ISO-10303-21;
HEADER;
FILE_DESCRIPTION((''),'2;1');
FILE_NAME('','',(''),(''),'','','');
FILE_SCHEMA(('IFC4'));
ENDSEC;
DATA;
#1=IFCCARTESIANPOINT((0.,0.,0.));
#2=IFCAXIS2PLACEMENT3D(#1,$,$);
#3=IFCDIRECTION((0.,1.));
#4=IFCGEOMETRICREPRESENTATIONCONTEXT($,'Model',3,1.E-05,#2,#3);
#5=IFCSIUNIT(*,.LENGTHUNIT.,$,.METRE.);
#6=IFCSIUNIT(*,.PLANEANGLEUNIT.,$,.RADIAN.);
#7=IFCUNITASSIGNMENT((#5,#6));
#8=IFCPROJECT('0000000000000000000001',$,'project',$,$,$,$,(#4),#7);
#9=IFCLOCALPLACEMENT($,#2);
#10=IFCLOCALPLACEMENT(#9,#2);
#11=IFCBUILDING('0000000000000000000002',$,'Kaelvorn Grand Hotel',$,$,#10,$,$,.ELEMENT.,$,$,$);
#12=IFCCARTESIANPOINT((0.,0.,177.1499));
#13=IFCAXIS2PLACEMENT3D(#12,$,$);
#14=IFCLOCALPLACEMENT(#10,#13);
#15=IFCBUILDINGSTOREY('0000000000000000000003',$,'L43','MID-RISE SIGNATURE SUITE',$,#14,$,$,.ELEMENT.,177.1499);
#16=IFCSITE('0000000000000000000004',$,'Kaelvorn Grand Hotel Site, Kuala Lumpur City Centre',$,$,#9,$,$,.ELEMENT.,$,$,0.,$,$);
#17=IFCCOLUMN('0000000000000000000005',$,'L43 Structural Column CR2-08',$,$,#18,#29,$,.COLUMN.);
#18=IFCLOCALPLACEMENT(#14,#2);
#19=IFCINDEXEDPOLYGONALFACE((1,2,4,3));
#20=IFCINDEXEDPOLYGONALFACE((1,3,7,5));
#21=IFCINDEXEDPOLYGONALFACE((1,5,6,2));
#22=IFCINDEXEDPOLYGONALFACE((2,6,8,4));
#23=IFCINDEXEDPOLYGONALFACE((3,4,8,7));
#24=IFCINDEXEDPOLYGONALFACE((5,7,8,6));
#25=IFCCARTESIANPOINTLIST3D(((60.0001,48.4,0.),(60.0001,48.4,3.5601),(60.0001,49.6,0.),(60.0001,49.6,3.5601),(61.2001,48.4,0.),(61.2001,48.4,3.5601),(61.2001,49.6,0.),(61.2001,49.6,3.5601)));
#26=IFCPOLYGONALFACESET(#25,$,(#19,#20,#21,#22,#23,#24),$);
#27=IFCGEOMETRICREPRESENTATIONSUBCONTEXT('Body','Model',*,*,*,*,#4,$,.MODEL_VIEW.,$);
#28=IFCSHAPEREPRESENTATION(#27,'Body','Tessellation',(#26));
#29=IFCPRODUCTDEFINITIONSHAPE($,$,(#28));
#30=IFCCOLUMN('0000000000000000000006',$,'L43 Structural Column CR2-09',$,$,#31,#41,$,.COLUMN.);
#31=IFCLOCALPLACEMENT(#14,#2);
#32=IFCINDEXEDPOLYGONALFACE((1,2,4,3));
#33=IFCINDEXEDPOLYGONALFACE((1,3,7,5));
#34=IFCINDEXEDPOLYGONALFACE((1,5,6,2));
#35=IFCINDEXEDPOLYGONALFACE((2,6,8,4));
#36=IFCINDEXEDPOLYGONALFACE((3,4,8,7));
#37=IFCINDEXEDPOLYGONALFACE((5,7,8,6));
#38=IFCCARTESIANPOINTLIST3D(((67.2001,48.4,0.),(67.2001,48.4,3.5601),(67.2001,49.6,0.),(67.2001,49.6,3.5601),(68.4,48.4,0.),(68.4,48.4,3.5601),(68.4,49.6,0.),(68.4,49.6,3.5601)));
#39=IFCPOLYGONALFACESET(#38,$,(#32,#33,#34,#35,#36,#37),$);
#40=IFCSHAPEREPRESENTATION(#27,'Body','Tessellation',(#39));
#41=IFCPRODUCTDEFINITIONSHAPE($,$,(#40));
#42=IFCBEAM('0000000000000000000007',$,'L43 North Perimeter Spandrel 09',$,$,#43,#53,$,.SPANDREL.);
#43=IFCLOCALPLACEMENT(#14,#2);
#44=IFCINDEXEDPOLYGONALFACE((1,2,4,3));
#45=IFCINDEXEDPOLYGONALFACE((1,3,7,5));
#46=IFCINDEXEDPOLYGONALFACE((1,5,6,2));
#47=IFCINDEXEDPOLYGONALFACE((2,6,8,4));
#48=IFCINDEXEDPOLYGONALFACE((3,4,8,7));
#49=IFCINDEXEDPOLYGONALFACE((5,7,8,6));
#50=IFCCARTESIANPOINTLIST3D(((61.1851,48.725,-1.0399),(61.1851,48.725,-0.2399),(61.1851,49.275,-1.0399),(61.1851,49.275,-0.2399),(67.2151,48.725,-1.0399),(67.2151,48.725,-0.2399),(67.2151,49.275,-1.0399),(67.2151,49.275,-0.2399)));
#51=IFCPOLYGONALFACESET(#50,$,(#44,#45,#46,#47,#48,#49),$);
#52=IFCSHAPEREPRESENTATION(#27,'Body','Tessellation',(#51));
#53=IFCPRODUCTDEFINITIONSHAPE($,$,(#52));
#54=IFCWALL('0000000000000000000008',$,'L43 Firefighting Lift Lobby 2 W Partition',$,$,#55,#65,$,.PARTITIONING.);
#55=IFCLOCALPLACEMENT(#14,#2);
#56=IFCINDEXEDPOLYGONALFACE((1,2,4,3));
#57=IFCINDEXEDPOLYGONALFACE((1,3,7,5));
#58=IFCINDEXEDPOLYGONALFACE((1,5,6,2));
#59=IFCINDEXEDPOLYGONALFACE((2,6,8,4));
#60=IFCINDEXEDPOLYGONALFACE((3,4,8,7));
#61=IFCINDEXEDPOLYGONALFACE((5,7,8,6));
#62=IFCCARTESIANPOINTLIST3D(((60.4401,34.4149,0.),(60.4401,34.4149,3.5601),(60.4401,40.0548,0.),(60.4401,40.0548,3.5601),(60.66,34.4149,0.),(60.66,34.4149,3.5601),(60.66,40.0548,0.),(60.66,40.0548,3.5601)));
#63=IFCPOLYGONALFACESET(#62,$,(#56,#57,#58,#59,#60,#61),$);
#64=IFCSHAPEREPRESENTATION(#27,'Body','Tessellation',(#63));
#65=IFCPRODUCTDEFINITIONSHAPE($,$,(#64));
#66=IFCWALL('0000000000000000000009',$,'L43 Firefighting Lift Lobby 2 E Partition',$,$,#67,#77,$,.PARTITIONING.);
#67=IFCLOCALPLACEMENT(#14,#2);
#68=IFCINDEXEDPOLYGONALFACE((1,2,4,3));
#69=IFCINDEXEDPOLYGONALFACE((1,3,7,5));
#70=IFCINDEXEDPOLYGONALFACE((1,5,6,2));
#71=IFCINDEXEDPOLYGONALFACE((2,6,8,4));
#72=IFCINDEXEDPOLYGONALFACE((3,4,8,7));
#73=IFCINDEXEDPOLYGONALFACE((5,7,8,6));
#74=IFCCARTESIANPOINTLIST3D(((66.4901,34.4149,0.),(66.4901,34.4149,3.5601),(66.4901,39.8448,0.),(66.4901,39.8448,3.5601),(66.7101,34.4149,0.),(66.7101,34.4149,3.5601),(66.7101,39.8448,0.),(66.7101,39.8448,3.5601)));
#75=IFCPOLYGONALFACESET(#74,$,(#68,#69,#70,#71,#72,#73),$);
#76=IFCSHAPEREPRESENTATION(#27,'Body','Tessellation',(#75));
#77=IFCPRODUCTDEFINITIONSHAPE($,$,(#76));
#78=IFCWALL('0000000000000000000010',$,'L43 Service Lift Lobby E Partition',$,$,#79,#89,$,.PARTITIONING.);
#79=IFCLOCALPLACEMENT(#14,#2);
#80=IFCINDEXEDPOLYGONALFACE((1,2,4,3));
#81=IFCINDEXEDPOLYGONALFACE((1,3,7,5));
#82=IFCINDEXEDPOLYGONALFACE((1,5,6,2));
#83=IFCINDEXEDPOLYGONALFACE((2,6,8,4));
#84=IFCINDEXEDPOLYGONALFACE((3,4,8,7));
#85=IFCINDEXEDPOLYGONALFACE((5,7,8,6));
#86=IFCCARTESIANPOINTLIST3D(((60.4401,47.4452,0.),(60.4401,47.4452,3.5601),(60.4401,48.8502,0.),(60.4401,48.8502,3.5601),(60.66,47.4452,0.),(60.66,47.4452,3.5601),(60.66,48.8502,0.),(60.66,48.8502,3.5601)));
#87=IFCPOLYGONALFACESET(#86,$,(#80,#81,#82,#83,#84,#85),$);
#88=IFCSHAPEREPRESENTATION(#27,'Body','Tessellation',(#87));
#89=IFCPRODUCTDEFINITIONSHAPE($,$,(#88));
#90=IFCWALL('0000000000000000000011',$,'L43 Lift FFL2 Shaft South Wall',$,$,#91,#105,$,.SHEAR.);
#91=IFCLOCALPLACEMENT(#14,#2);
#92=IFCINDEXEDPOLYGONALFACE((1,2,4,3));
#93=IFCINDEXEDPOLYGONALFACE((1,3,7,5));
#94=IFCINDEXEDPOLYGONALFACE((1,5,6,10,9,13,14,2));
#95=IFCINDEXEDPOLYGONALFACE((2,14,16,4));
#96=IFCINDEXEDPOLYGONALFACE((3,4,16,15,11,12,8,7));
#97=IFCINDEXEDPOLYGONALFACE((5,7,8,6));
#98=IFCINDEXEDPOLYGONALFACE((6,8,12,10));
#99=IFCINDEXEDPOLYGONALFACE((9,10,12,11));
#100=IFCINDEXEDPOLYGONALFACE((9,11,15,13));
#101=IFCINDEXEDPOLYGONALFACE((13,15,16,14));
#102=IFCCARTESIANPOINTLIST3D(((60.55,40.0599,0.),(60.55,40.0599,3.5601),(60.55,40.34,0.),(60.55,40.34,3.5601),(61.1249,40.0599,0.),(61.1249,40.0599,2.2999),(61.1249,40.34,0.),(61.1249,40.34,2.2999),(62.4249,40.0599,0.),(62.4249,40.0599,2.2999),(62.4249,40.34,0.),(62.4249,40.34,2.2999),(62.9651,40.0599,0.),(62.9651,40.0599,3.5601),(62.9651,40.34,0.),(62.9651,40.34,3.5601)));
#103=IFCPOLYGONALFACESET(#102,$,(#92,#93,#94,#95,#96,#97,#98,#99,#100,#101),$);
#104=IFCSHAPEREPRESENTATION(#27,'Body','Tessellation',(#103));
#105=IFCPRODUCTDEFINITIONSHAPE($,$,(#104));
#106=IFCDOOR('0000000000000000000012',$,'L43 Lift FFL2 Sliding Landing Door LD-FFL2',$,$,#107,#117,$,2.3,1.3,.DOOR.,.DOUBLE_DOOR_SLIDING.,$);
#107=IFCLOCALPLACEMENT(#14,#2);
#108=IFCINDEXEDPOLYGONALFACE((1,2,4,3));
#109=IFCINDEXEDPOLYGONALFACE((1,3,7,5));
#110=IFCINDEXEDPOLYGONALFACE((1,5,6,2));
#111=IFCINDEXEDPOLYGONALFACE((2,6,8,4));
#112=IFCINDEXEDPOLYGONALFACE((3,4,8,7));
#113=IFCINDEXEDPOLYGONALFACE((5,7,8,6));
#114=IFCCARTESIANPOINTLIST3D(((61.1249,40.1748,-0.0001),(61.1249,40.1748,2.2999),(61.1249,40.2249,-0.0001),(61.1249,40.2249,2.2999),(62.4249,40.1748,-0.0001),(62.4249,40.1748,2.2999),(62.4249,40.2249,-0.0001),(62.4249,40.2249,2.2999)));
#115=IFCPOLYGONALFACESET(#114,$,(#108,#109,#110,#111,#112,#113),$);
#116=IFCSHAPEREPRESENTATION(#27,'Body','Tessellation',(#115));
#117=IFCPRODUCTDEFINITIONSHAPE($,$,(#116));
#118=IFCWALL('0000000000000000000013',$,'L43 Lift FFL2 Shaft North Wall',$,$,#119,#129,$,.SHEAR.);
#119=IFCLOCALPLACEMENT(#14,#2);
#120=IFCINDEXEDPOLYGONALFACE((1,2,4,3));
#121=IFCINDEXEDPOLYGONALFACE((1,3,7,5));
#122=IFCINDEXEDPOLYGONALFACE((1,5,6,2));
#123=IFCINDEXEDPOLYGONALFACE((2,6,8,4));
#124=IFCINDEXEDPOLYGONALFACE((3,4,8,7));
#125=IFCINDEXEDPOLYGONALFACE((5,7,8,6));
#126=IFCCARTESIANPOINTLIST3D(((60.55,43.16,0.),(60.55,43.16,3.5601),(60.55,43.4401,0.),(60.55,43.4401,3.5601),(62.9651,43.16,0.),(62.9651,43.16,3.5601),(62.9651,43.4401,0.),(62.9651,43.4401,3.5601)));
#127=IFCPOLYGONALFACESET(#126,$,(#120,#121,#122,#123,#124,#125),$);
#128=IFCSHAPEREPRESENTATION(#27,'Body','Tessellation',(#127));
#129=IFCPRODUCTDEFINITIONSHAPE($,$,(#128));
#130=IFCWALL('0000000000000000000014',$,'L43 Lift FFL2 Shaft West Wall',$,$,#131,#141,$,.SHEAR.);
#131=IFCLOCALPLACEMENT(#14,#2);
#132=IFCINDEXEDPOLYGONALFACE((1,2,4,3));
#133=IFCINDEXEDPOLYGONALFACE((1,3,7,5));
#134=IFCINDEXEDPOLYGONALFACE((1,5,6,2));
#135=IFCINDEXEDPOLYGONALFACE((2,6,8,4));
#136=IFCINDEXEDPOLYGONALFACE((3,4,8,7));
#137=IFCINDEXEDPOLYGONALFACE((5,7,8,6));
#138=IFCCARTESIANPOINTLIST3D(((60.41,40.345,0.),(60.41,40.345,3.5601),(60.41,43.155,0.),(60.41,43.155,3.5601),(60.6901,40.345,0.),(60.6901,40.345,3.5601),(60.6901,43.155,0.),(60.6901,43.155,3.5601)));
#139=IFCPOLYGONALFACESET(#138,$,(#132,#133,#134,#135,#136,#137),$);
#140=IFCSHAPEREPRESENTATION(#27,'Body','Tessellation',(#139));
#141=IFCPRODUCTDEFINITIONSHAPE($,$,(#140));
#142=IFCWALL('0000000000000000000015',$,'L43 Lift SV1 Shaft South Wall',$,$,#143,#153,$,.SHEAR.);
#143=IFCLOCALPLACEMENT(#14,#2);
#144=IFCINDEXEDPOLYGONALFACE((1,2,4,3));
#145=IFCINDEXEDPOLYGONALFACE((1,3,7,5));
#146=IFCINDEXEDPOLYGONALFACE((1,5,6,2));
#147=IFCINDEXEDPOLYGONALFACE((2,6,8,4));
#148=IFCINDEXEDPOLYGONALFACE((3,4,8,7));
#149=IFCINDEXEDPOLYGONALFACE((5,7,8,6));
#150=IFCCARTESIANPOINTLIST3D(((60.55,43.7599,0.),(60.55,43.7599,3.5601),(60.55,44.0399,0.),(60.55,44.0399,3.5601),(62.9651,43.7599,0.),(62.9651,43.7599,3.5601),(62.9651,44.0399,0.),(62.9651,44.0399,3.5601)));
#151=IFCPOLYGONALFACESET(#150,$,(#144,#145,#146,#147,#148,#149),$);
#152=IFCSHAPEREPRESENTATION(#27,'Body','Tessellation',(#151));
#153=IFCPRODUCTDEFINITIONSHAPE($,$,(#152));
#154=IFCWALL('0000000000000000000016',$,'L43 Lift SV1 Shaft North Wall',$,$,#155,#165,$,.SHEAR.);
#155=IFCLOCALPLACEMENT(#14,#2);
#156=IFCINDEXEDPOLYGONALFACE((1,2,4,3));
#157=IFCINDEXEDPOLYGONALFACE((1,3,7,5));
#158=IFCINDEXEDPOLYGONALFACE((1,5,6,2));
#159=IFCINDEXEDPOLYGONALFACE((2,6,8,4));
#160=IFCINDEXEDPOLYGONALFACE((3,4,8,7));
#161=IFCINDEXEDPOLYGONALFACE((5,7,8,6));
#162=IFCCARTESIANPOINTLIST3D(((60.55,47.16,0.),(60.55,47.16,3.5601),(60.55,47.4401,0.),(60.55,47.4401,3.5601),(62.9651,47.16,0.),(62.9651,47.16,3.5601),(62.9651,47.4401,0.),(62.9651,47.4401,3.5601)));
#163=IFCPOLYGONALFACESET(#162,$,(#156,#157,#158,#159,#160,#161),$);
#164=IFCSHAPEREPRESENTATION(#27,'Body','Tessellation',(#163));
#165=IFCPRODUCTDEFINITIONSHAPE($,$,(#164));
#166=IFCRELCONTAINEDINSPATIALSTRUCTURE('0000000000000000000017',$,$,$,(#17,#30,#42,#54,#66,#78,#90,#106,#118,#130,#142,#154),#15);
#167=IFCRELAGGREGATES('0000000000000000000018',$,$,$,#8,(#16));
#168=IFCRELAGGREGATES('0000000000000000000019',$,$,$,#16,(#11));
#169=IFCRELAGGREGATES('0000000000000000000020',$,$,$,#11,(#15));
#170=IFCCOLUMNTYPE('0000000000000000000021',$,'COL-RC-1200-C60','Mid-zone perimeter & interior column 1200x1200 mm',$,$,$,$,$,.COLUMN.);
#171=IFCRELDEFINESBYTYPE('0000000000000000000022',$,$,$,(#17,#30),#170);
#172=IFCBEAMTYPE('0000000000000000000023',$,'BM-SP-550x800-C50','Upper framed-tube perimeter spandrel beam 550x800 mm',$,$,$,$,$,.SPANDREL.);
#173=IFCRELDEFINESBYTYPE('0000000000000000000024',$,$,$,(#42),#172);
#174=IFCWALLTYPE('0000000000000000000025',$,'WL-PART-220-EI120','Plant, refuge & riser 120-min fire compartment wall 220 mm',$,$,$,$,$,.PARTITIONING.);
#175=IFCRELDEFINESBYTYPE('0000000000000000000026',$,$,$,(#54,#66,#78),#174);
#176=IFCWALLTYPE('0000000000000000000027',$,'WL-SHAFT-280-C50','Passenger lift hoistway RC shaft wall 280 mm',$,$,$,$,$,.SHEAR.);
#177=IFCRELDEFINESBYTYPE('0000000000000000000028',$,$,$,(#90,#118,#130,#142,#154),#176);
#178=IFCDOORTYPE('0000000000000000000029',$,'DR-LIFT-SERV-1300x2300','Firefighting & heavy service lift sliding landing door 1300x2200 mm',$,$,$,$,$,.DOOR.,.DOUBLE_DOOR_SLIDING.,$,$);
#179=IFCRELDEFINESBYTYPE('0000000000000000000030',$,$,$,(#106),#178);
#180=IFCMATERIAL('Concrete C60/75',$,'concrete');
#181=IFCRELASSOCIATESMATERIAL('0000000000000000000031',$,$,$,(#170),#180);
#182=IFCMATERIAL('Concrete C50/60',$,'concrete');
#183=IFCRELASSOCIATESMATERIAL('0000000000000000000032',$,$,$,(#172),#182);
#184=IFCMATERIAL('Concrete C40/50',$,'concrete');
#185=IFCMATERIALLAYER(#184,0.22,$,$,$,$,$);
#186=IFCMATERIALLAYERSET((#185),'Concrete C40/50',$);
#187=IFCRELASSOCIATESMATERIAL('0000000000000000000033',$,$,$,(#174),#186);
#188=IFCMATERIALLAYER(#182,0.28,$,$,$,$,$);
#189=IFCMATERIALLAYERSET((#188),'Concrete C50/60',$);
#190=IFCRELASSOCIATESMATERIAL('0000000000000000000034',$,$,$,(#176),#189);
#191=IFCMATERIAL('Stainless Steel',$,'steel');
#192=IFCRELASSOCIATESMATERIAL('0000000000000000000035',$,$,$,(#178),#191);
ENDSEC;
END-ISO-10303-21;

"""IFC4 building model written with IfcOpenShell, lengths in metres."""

from ifc_helpers import new_model, si_unit, direction, frame, frame_2d, origin, origin_2d, place, context, subcontext, project, spatial, rectangle, extrude, material, layer, layer_set, material_profile, profile_set, type_object, element, fill, save


model = new_model("IFC4")

# Units and contexts
model_context = context("Model", 3, precision=1e-05, world=origin(), true_north=direction((0.0, 1.0)))
body_context = subcontext(model_context, "Body", "Model", "MODEL_VIEW")
ifc_project = project(units=[si_unit("LENGTHUNIT", "METRE"), si_unit("PLANEANGLEUNIT", "RADIAN")], contexts=[model_context])

# Site, building, storey
site_placement = place(None, origin())
site = spatial("IfcSite", under=ifc_project, at=site_placement, Name="Kaelvorn Grand Hotel Site, Kuala Lumpur City Centre", CompositionType="ELEMENT", RefElevation=0.0)
building_placement = place(site_placement, origin())
building = spatial("IfcBuilding", under=site, at=building_placement, Name="Kaelvorn Grand Hotel", CompositionType="ELEMENT")
storey_placement = place(building_placement, frame((0.0, 0.0, 177.1499)))
storey = spatial("IfcBuildingStorey", under=building, at=storey_placement, Name="L43", Description="MID-RISE SIGNATURE SUITE", CompositionType="ELEMENT", Elevation=177.1499)

# Columns
ifc_material_1 = material(Name="Concrete C60/75", Category="concrete")
ifc_material_profile_1 = material_profile(ifc_material_1, rectangle(XDim=1.2, YDim=1.2, at=origin_2d()), Name="RC COL 1200x1200")
ifc_profile_set_1 = profile_set([ifc_material_profile_1], Name="Concrete C60/75")
column_type = type_object("IfcColumnType", Name="COL-RC-1200-C60", Description="Mid-zone perimeter & interior column 1200x1200 mm", PredefinedType="COLUMN", material=ifc_profile_set_1)
for number, where, z_axis, x_axis, name in (
    (1, (60.6001, 49.0, 0.0), (0.0, 0.0, 1.0), (1.0, 0.0, 0.0), "L43 Structural Column CR2-08"),
    (2, (67.8, 49.0, 0.0), (0.0, 0.0, 1.0), (1.0, 0.0, 0.0), "L43 Structural Column CR2-09"),
):
    element("IfcColumn", number, at=place(storey_placement, frame(where, z_axis=z_axis, x_axis=x_axis)), inside=storey, type_object=column_type, Name=name, PredefinedType="COLUMN", context=body_context, shape_type="SweptSolid", body=[
        extrude(rectangle(XDim=1.2, YDim=1.2, at=origin_2d()), origin(), (0.0, 0.0, 1.0), 3.5601),
    ])

# Beam
ifc_material_2 = material(Name="Concrete C50/60", Category="concrete")
ifc_material_profile_2 = material_profile(ifc_material_2, rectangle(XDim=0.55, YDim=0.8, at=origin_2d()), Name="RC SPANDREL 550x800")
ifc_profile_set_2 = profile_set([ifc_material_profile_2], Name="Concrete C50/60")
beam_type = type_object("IfcBeamType", Name="BM-SP-550x800-C50", Description="Upper framed-tube perimeter spandrel beam 550x800 mm", PredefinedType="SPANDREL", material=ifc_profile_set_2)
beam_placement = place(storey_placement, frame((61.1851, 49.0, -0.6399), z_axis=(1.0, 0.0, 0.0), x_axis=(0.0, 1.0, 0.0)))
element("IfcBeam", 3, at=beam_placement, inside=storey, type_object=beam_type, Name="L43 North Perimeter Spandrel 09", PredefinedType="SPANDREL", context=body_context, shape_type="SweptSolid", body=[
    extrude(rectangle(XDim=0.55, YDim=0.8, at=origin_2d()), origin(), (0.0, 0.0, 1.0), 6.03),
])

# Walls
ifc_material_3 = material(Name="Concrete C40/50", Category="concrete")
ifc_layer_1 = layer(ifc_material_3, 0.22)
ifc_layer_set_1 = layer_set([ifc_layer_1], Name="Concrete C40/50")
wall_type_1 = type_object("IfcWallType", Name="WL-PART-220-EI120", Description="Plant, refuge & riser 120-min fire compartment wall 220 mm", PredefinedType="PARTITIONING", material=ifc_layer_set_1)
wall_1_placement = place(storey_placement, frame((60.55, 34.415, 0.0), z_axis=(0.0, 0.0, 1.0), x_axis=(0.0, 1.0, 0.0)))
element("IfcWall", 4, at=wall_1_placement, inside=storey, type_object=wall_type_1, Name="L43 Firefighting Lift Lobby 2 W Partition", PredefinedType="PARTITIONING", context=body_context, shape_type="SweptSolid", body=[
    extrude(rectangle(XDim=5.6399, YDim=0.22, at=frame_2d((2.8198, 0.0))), origin(), (0.0, 0.0, 1.0), 3.5601),
])
wall_2_placement = place(storey_placement, frame((66.6001, 34.415, 0.0), z_axis=(0.0, 0.0, 1.0), x_axis=(0.0, 1.0, 0.0)))
element("IfcWall", 5, at=wall_2_placement, inside=storey, type_object=wall_type_1, Name="L43 Firefighting Lift Lobby 2 E Partition", PredefinedType="PARTITIONING", context=body_context, shape_type="SweptSolid", body=[
    extrude(rectangle(XDim=5.4299, YDim=0.22, at=frame_2d((2.7148, 0.0))), origin(), (0.0, 0.0, 1.0), 3.5601),
])
wall_3_placement = place(storey_placement, frame((60.55, 47.4451, 0.0), z_axis=(0.0, 0.0, 1.0), x_axis=(0.0, 1.0, 0.0)))
element("IfcWall", 6, at=wall_3_placement, inside=storey, type_object=wall_type_1, Name="L43 Service Lift Lobby E Partition", PredefinedType="PARTITIONING", context=body_context, shape_type="SweptSolid", body=[
    extrude(rectangle(XDim=1.405, YDim=0.22, at=frame_2d((0.7026, 0.0))), origin(), (0.0, 0.0, 1.0), 3.5601),
])

# Wall, opening, door
ifc_layer_2 = layer(ifc_material_2, 0.28)
ifc_layer_set_2 = layer_set([ifc_layer_2], Name="Concrete C50/60")
wall_type_2 = type_object("IfcWallType", Name="WL-SHAFT-280-C50", Description="Passenger lift hoistway RC shaft wall 280 mm", PredefinedType="SHEAR", material=ifc_layer_set_2)
wall_4_placement = place(storey_placement, frame((60.55, 40.2, 0.0), z_axis=(0.0, 0.0, 1.0), x_axis=(1.0, 0.0, 0.0)))
wall_4 = element("IfcWall", 7, at=wall_4_placement, inside=storey, type_object=wall_type_2, Name="L43 Lift FFL2 Shaft South Wall", PredefinedType="SHEAR", context=body_context, shape_type="SweptSolid", body=[
    extrude(rectangle(XDim=2.415, YDim=0.28, at=frame_2d((1.2075, 0.0))), origin(), (0.0, 0.0, 1.0), 3.5601),
])
opening_1_placement = place(wall_4_placement, frame((0.575, 0.0, 0.0)))
opening_1 = element("IfcOpeningElement", 8, at=opening_1_placement, cuts=wall_4, PredefinedType="OPENING", context=body_context, shape_type="SweptSolid", body=[
    extrude(rectangle(XDim=1.3, YDim=2.3, at=frame_2d((0.6499, 1.1499))), frame((0.0, 0.1499, 0.0), z_axis=(0.0, -1.0, 0.0), x_axis=(1.0, 0.0, 0.0)), (0.0, 0.0, 1.0), 0.3),
])
ifc_material_4 = material(Name="Stainless Steel", Category="steel")
door_type_1 = type_object("IfcDoorType", Name="DR-LIFT-SERV-1300x2300", Description="Firefighting & heavy service lift sliding landing door 1300x2200 mm", OperationType="DOUBLE_DOOR_SLIDING", PredefinedType="DOOR", material=ifc_material_4)
door_1_placement = place(opening_1_placement, origin())
door_1 = element("IfcDoor", 9, at=door_1_placement, inside=storey, type_object=door_type_1, Name="L43 Lift FFL2 Sliding Landing Door LD-FFL2", OperationType="DOUBLE_DOOR_SLIDING", OverallHeight=2.3, OverallWidth=1.3, PredefinedType="DOOR", context=body_context, shape_type="SweptSolid", body=[
    extrude(rectangle(XDim=1.3, YDim=2.3, at=frame_2d((0.6499, 1.1499))), frame((0.0, 0.0249, 0.0), z_axis=(0.0, -1.0, 0.0), x_axis=(1.0, 0.0, 0.0)), (0.0, 0.0, 1.0), 0.05),
])
fill(opening_1, door_1)

# Walls
wall_5_placement = place(storey_placement, frame((60.55, 43.3, 0.0), z_axis=(0.0, 0.0, 1.0), x_axis=(1.0, 0.0, 0.0)))
element("IfcWall", 10, at=wall_5_placement, inside=storey, type_object=wall_type_2, Name="L43 Lift FFL2 Shaft North Wall", PredefinedType="SHEAR", context=body_context, shape_type="SweptSolid", body=[
    extrude(rectangle(XDim=2.415, YDim=0.28, at=frame_2d((1.2075, 0.0))), origin(), (0.0, 0.0, 1.0), 3.5601),
])
wall_6_placement = place(storey_placement, frame((60.55, 40.345, 0.0), z_axis=(0.0, 0.0, 1.0), x_axis=(0.0, 1.0, 0.0)))
element("IfcWall", 11, at=wall_6_placement, inside=storey, type_object=wall_type_2, Name="L43 Lift FFL2 Shaft West Wall", PredefinedType="SHEAR", context=body_context, shape_type="SweptSolid", body=[
    extrude(rectangle(XDim=2.8101, YDim=0.28, at=frame_2d((1.405, 0.0))), origin(), (0.0, 0.0, 1.0), 3.5601),
])
for number, where, z_axis, x_axis, name in (
    (12, (60.55, 43.8999, 0.0), (0.0, 0.0, 1.0), (1.0, 0.0, 0.0), "L43 Lift SV1 Shaft South Wall"),
    (13, (60.55, 47.3, 0.0), (0.0, 0.0, 1.0), (1.0, 0.0, 0.0), "L43 Lift SV1 Shaft North Wall"),
):
    element("IfcWall", number, at=place(storey_placement, frame(where, z_axis=z_axis, x_axis=x_axis)), inside=storey, type_object=wall_type_2, Name=name, PredefinedType="SHEAR", context=body_context, shape_type="SweptSolid", body=[
        extrude(rectangle(XDim=2.415, YDim=0.28, at=frame_2d((1.2075, 0.0))), origin(), (0.0, 0.0, 1.0), 3.5601),
    ])

save(model, "model.ifc")
